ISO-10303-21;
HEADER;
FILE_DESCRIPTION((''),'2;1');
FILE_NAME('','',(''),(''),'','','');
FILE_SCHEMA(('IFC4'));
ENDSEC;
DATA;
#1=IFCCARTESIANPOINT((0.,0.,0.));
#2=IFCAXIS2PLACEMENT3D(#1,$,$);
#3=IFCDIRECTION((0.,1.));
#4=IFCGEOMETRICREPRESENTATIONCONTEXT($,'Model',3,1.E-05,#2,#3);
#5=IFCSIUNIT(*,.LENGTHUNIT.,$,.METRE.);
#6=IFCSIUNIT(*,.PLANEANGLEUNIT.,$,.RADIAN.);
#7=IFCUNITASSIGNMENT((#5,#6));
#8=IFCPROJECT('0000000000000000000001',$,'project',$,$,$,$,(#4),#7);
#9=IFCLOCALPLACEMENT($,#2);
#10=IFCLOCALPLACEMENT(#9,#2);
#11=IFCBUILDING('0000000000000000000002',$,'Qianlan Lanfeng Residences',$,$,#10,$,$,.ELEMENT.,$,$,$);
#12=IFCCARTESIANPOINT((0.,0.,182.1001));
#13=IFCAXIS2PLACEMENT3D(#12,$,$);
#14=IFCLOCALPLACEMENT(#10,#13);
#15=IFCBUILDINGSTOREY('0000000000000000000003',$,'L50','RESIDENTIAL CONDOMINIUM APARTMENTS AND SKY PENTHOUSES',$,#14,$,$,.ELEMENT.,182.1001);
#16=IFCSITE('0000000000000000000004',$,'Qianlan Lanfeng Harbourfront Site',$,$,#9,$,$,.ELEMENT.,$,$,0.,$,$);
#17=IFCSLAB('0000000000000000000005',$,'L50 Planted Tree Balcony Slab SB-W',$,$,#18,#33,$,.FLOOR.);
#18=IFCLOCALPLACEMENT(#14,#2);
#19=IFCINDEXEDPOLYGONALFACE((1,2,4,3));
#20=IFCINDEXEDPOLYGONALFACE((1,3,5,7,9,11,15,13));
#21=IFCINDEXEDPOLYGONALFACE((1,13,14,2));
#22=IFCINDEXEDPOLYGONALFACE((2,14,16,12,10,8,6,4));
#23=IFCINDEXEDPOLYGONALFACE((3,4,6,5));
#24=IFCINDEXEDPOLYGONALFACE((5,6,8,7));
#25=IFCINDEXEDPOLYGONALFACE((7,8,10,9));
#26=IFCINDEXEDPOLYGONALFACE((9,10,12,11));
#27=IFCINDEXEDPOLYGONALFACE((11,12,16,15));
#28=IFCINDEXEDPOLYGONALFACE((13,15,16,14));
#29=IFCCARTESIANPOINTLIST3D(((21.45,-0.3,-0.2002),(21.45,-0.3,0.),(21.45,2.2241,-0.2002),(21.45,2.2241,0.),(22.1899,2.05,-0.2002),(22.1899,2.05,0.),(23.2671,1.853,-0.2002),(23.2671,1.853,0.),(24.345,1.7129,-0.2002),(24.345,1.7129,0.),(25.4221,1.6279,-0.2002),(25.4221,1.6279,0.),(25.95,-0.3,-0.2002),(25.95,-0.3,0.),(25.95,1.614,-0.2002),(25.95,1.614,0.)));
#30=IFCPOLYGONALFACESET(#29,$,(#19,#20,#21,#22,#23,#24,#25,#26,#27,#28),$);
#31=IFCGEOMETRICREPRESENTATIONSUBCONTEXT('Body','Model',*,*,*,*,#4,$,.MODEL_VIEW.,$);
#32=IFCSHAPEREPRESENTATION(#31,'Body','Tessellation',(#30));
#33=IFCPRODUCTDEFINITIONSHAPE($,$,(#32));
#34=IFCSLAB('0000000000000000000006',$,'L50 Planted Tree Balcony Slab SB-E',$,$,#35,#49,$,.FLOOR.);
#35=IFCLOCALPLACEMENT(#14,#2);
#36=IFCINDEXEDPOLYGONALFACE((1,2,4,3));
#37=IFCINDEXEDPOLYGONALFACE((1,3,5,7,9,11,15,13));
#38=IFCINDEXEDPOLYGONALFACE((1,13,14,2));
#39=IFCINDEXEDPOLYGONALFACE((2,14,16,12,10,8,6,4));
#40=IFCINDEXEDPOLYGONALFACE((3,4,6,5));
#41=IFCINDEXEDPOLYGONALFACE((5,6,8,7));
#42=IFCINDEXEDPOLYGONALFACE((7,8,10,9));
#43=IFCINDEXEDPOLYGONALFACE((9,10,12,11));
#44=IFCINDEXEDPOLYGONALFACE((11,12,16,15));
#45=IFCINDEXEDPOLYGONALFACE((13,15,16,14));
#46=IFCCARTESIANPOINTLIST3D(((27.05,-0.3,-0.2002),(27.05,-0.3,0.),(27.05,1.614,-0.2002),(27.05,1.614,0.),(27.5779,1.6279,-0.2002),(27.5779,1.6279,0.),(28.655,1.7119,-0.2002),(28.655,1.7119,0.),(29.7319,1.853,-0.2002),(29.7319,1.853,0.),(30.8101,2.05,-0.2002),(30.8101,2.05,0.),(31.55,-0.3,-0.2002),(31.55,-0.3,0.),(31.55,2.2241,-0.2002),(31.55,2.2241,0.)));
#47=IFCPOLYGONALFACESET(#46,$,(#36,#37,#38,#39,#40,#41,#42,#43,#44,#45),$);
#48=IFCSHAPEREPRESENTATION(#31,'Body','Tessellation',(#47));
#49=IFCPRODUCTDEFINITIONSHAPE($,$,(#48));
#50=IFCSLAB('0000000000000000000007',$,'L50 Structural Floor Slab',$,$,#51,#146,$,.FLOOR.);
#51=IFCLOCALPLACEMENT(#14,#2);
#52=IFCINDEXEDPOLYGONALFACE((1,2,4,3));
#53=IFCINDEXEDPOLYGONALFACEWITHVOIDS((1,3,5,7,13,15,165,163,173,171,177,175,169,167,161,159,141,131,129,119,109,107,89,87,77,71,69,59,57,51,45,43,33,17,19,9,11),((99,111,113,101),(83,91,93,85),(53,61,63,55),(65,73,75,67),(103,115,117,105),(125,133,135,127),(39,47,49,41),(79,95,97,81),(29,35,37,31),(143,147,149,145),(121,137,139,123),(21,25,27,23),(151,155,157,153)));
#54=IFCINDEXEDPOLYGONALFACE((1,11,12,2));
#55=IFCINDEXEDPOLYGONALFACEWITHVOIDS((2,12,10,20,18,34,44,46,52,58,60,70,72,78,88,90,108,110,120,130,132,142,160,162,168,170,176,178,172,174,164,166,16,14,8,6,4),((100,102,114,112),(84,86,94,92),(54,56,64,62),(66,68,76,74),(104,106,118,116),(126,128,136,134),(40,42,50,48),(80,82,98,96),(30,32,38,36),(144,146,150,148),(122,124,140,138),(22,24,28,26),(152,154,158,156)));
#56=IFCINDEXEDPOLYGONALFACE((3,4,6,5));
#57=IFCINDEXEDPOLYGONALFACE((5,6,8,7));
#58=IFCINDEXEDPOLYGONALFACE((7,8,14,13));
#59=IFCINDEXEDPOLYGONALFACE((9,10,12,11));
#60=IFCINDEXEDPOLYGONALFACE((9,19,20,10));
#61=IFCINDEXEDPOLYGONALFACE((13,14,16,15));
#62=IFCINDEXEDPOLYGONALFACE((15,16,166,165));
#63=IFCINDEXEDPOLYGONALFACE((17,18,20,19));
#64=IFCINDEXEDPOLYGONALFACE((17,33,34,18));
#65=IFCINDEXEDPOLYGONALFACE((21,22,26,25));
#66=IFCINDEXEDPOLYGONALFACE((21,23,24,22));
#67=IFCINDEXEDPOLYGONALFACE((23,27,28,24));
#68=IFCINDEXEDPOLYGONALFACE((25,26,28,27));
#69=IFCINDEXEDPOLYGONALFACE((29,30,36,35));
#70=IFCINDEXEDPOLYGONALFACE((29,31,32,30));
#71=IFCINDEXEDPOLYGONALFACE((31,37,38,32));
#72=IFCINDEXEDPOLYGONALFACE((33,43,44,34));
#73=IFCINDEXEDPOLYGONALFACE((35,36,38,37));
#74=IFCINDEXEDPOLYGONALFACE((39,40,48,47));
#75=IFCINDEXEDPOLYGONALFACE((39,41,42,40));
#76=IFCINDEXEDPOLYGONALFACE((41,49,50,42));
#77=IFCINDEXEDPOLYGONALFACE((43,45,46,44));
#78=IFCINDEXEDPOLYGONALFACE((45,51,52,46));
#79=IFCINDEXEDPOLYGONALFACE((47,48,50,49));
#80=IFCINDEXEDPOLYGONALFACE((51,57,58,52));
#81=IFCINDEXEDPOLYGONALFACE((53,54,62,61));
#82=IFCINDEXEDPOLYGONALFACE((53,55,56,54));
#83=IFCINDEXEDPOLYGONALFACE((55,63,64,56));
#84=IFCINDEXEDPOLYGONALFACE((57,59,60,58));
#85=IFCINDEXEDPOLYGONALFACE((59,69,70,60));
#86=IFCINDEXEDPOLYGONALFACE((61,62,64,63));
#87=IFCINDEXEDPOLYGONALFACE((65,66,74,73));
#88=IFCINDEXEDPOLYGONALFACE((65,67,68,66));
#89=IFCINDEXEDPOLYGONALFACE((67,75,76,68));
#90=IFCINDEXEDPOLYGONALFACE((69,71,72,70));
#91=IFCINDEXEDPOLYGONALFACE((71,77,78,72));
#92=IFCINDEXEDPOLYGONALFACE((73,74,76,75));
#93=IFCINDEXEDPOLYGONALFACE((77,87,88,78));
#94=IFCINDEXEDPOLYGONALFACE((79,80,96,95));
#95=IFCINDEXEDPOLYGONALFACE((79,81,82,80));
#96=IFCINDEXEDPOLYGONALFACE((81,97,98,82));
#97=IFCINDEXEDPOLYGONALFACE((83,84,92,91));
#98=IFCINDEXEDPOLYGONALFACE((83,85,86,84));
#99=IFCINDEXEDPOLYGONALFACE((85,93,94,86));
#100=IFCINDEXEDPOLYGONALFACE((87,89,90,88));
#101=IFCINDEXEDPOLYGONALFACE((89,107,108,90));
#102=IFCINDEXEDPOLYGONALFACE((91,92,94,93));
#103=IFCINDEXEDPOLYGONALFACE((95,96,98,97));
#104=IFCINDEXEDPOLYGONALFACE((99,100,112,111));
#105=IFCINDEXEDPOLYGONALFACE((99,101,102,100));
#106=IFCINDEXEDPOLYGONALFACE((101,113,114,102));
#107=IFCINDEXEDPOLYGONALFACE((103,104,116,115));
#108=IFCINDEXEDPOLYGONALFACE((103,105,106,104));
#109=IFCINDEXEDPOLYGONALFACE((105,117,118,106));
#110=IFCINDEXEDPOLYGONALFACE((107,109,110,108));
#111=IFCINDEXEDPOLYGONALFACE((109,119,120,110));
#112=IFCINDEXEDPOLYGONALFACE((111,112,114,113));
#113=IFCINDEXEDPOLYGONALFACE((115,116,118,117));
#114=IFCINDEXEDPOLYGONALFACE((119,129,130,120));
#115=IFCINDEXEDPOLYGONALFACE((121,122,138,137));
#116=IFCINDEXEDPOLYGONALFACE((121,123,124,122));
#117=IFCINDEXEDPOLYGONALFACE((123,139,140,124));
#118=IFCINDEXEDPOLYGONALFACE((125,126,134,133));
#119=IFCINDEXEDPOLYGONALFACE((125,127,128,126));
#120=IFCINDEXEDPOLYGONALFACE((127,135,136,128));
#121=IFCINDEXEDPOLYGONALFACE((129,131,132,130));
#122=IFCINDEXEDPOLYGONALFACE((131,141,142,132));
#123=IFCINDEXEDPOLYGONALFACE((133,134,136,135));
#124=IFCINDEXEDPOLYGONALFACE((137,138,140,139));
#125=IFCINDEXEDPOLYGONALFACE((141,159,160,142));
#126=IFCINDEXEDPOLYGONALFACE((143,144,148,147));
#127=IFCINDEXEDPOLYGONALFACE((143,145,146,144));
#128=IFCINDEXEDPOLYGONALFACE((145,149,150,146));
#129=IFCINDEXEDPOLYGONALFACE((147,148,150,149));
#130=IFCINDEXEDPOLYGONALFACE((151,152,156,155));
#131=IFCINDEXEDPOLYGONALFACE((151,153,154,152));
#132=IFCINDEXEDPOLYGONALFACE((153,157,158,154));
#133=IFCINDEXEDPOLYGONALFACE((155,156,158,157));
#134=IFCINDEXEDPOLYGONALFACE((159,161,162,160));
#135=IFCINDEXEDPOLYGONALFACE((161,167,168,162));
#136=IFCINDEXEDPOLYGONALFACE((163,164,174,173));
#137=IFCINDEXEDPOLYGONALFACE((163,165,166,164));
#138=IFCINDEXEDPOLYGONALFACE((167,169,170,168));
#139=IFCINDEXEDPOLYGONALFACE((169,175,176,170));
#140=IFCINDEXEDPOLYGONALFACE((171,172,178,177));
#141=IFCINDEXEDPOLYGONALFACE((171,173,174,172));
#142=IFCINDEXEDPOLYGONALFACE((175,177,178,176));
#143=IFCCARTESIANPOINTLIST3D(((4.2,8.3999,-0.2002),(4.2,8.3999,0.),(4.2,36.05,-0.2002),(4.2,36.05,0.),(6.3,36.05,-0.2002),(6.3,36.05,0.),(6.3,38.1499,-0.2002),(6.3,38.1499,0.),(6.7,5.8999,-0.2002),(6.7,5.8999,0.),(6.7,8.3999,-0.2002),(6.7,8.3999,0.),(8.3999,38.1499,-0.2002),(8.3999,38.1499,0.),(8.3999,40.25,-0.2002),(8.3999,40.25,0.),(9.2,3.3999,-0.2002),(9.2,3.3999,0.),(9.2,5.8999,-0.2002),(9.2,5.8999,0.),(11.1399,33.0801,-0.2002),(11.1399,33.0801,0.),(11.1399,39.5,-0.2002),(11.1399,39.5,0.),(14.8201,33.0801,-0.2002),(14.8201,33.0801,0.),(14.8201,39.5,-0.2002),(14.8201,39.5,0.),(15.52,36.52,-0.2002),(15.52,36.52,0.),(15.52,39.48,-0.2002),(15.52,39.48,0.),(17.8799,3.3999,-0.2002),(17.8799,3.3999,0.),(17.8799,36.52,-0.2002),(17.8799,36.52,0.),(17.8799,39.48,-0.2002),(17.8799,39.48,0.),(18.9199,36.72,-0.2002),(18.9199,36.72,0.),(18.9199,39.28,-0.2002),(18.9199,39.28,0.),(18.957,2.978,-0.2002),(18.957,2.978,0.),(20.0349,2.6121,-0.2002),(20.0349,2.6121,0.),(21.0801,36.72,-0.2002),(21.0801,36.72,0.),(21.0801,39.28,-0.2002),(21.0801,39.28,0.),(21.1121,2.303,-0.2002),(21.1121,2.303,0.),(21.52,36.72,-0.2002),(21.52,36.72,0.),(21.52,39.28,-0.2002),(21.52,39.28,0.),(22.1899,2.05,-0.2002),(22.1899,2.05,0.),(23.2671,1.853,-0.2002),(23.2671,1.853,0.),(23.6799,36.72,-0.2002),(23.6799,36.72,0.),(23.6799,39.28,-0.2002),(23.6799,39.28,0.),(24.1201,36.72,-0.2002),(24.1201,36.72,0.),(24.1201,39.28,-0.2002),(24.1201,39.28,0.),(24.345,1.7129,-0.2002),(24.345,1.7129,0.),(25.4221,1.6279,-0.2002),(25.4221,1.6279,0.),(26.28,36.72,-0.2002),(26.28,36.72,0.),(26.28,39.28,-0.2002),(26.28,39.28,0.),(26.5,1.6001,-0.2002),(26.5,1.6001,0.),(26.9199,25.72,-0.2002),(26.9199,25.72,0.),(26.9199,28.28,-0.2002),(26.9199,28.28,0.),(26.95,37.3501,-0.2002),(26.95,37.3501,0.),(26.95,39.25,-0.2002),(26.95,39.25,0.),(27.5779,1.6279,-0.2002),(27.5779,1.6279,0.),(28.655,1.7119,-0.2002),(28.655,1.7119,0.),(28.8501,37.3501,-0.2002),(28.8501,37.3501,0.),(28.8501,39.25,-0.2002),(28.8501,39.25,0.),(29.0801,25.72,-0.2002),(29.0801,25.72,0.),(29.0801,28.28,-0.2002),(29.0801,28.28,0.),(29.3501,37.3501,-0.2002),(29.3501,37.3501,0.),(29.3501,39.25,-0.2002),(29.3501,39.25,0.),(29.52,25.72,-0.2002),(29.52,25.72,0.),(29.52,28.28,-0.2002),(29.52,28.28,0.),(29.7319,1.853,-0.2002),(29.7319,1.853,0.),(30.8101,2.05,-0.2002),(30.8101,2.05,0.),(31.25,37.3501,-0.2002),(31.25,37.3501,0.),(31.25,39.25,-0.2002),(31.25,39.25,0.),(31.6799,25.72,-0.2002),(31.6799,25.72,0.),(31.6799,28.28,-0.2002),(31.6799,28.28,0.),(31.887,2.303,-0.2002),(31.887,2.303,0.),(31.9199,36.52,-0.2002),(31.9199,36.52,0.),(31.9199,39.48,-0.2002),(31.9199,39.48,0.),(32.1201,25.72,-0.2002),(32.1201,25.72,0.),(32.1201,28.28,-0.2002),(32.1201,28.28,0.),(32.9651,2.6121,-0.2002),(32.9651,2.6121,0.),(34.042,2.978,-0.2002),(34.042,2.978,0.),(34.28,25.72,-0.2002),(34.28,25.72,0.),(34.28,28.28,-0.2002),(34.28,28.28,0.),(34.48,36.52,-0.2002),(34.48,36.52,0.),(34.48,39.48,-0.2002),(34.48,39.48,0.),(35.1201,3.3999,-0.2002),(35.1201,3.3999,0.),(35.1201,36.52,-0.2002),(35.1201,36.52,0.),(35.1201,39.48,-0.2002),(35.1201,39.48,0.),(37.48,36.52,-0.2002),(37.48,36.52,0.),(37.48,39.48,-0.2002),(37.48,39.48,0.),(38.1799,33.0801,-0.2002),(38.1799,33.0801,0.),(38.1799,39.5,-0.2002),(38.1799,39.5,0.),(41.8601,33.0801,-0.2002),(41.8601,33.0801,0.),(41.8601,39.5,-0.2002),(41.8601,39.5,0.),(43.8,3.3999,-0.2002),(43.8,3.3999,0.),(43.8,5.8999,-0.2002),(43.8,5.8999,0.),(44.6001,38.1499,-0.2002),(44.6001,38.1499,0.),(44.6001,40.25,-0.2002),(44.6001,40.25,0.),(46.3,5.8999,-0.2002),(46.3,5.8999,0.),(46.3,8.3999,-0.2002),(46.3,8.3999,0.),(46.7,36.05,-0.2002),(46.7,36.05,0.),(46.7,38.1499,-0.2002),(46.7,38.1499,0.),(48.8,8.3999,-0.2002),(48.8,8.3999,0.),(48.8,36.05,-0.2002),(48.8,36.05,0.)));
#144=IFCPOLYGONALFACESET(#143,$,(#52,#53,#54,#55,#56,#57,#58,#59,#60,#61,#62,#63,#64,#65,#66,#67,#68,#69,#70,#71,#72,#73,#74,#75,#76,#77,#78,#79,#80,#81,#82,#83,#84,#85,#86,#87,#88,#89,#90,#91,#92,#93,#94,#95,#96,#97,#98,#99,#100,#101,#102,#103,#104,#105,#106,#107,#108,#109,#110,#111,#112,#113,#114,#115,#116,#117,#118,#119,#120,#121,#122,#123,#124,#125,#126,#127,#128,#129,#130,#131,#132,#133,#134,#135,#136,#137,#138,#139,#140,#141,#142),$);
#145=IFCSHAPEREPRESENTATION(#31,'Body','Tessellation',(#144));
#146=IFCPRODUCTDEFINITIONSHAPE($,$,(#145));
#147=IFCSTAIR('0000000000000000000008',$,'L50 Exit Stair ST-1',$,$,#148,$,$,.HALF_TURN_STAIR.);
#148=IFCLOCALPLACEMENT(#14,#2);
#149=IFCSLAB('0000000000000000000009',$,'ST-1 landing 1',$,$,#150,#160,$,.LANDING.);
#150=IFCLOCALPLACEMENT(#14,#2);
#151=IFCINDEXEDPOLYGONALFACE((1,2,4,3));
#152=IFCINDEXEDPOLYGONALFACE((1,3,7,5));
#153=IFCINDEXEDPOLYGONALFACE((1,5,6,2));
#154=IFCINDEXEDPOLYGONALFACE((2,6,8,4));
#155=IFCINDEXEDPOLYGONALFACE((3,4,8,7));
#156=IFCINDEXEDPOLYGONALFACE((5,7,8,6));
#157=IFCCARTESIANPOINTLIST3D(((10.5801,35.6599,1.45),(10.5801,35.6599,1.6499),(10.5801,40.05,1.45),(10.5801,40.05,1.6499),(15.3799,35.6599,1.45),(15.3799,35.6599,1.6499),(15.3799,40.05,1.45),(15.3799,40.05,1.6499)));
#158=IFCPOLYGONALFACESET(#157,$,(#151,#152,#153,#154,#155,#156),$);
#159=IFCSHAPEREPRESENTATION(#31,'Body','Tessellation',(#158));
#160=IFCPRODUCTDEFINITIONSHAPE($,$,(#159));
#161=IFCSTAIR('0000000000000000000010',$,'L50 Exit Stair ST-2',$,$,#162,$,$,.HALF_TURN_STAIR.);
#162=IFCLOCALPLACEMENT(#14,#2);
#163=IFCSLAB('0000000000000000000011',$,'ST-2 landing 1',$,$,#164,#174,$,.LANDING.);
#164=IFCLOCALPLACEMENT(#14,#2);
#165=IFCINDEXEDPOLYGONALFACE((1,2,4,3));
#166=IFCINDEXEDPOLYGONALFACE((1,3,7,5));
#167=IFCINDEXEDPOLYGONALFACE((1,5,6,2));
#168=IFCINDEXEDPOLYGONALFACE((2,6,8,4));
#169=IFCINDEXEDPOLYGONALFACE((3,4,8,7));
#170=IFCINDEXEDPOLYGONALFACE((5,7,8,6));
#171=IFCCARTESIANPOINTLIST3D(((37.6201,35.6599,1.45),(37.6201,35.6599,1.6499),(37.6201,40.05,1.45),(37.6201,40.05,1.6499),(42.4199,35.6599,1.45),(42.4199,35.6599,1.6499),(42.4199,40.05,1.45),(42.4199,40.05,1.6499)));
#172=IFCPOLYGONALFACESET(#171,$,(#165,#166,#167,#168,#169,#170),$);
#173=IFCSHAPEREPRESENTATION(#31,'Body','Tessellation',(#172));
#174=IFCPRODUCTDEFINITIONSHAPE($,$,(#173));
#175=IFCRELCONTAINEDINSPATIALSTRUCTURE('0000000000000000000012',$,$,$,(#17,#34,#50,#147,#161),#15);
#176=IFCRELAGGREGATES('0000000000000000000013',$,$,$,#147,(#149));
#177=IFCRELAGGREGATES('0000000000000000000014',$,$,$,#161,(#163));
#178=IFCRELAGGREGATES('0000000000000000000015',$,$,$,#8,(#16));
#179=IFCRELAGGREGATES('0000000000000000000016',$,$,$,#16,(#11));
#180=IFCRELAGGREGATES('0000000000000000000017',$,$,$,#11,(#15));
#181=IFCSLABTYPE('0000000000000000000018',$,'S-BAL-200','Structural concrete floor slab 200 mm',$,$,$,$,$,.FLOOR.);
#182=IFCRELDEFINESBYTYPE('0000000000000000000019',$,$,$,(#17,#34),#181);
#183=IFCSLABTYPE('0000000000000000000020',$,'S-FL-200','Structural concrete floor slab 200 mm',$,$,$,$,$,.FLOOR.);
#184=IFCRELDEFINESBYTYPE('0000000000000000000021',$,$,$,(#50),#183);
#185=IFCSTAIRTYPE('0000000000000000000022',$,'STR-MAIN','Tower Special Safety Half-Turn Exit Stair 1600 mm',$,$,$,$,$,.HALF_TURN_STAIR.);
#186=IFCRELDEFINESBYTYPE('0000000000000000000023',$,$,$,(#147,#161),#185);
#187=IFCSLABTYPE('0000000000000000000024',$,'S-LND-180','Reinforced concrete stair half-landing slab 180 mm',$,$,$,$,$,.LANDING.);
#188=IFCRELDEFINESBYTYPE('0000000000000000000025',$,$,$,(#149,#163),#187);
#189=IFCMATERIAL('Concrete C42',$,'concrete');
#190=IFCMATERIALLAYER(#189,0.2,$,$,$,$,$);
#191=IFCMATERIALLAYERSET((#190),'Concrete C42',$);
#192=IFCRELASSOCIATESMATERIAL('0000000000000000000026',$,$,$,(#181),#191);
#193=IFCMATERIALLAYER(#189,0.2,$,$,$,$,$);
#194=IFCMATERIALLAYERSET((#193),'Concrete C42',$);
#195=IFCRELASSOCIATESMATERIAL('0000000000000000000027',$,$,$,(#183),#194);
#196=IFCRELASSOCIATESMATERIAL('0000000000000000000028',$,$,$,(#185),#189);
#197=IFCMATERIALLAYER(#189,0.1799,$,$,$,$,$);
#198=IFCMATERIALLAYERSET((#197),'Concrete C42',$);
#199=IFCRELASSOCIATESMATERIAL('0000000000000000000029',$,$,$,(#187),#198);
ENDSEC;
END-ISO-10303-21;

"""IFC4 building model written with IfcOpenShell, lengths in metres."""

from ifc_helpers import new_model, si_unit, direction, frame, origin, place, context, subcontext, project, spatial, polyline, outline, extrude, material, layer, layer_set, type_object, element, aggregate, save


model = new_model("IFC4")

# Units and contexts
model_context = context("Model", 3, precision=1e-05, world=origin(), true_north=direction((0.0, 1.0)))
body_context = subcontext(model_context, "Body", "Model", "MODEL_VIEW")
ifc_project = project(units=[si_unit("LENGTHUNIT", "METRE"), si_unit("PLANEANGLEUNIT", "RADIAN")], contexts=[model_context])

# Site, building, storey
site_placement = place(None, origin())
site = spatial("IfcSite", under=ifc_project, at=site_placement, Name="Qianlan Lanfeng Harbourfront Site", CompositionType="ELEMENT", RefElevation=0.0)
building_placement = place(site_placement, origin())
building = spatial("IfcBuilding", under=site, at=building_placement, Name="Qianlan Lanfeng Residences", CompositionType="ELEMENT")
storey_placement = place(building_placement, frame((0.0, 0.0, 182.1001)))
storey = spatial("IfcBuildingStorey", under=building, at=storey_placement, Name="L50", Description="RESIDENTIAL CONDOMINIUM APARTMENTS AND SKY PENTHOUSES", CompositionType="ELEMENT", Elevation=182.1001)

# Slabs
ifc_material_1 = material(Name="Concrete C42", Category="concrete")
ifc_layer_1 = layer(ifc_material_1, 0.2)
ifc_layer_set_1 = layer_set([ifc_layer_1], Name="Concrete C42")
slab_type_1 = type_object("IfcSlabType", Name="S-BAL-200", Description="Structural concrete floor slab 200 mm", PredefinedType="FLOOR", material=ifc_layer_set_1)
slab_1_placement = place(storey_placement, frame((0.0, 0.0, -0.2002)))
element("IfcSlab", 1, at=slab_1_placement, inside=storey, type_object=slab_type_1, Name="L50 Planted Tree Balcony Slab SB-W", PredefinedType="FLOOR", context=body_context, shape_type="SweptSolid", body=[
    extrude(outline(polyline([(25.95, 1.614), (25.4221, 1.6279), (24.345, 1.7129), (23.2671, 1.853), (22.1899, 2.05), (21.45, 2.2241), (21.45, -0.3), (25.95, -0.3), (25.95, 1.614)])), origin(), (0.0, 0.0, 1.0), 0.2002),
])
slab_2_placement = place(storey_placement, frame((0.0, 0.0, -0.2002)))
element("IfcSlab", 2, at=slab_2_placement, inside=storey, type_object=slab_type_1, Name="L50 Planted Tree Balcony Slab SB-E", PredefinedType="FLOOR", context=body_context, shape_type="SweptSolid", body=[
    extrude(outline(polyline([(31.55, 2.2241), (30.8101, 2.05), (29.7319, 1.853), (28.655, 1.7119), (27.5779, 1.6279), (27.05, 1.614), (27.05, -0.3), (31.55, -0.3), (31.55, 2.2241)])), origin(), (0.0, 0.0, 1.0), 0.2002),
])
ifc_layer_2 = layer(ifc_material_1, 0.2)
ifc_layer_set_2 = layer_set([ifc_layer_2], Name="Concrete C42")
slab_type_2 = type_object("IfcSlabType", Name="S-FL-200", Description="Structural concrete floor slab 200 mm", PredefinedType="FLOOR", material=ifc_layer_set_2)
slab_3_placement = place(storey_placement, frame((0.0, 0.0, -0.2002)))
element("IfcSlab", 3, at=slab_3_placement, inside=storey, type_object=slab_type_2, Name="L50 Structural Floor Slab", PredefinedType="FLOOR", context=body_context, shape_type="SweptSolid", body=[
    extrude(outline(polyline([(4.2, 8.3999), (6.7, 8.3999), (6.7, 5.8999), (9.2, 5.8999), (9.2, 3.3999), (17.8799, 3.3999), (18.957, 2.978), (20.0349, 2.6121), (21.1121, 2.303), (22.1899, 2.05), (23.2671, 1.853), (24.345, 1.7129), (25.4221, 1.6279), (26.5, 1.6001), (27.5779, 1.6279), (28.655, 1.7119), (29.7319, 1.853), (30.8101, 2.05), (31.887, 2.303), (32.9651, 2.6121), (34.042, 2.978), (35.1201, 3.3999), (43.8, 3.3999), (43.8, 5.8999), (46.3, 5.8999), (46.3, 8.3999), (48.8, 8.3999), (48.8, 36.05), (46.7, 36.05), (46.7, 38.1499), (44.6001, 38.1499), (44.6001, 40.25), (8.3999, 40.25), (8.3999, 38.1499), (6.3, 38.1499), (6.3, 36.05), (4.2, 36.05), (4.2, 8.3999)]), holes=[polyline([(11.1399, 33.0801), (11.1399, 39.5), (14.8201, 39.5), (14.8201, 33.0801), (11.1399, 33.0801)]), polyline([(38.1799, 33.0801), (38.1799, 39.5), (41.8601, 39.5), (41.8601, 33.0801), (38.1799, 33.0801)]), polyline([(15.52, 36.52), (15.52, 39.48), (17.8799, 39.48), (17.8799, 36.52), (15.52, 36.52)]), polyline([(35.1201, 36.52), (35.1201, 39.48), (37.48, 39.48), (37.48, 36.52), (35.1201, 36.52)]), polyline([(31.9199, 36.52), (31.9199, 39.48), (34.48, 39.48), (34.48, 36.52), (31.9199, 36.52)]), polyline([(26.9199, 25.72), (26.9199, 28.28), (29.0801, 28.28), (29.0801, 25.72), (26.9199, 25.72)]), polyline([(29.52, 25.72), (29.52, 28.28), (31.6799, 28.28), (31.6799, 25.72), (29.52, 25.72)]), polyline([(32.1201, 25.72), (32.1201, 28.28), (34.28, 28.28), (34.28, 25.72), (32.1201, 25.72)]), polyline([(18.9199, 36.72), (18.9199, 39.28), (21.0801, 39.28), (21.0801, 36.72), (18.9199, 36.72)]), polyline([(21.52, 36.72), (21.52, 39.28), (23.6799, 39.28), (23.6799, 36.72), (21.52, 36.72)]), polyline([(24.1201, 36.72), (24.1201, 39.28), (26.28, 39.28), (26.28, 36.72), (24.1201, 36.72)]), polyline([(26.95, 37.3501), (26.95, 39.25), (28.8501, 39.25), (28.8501, 37.3501), (26.95, 37.3501)]), polyline([(29.3501, 37.3501), (29.3501, 39.25), (31.25, 39.25), (31.25, 37.3501), (29.3501, 37.3501)])]), origin(), (0.0, 0.0, 1.0), 0.2002),
])

# Stairs, slabs
stair_type = type_object("IfcStairType", Name="STR-MAIN", Description="Tower Special Safety Half-Turn Exit Stair 1600 mm", PredefinedType="HALF_TURN_STAIR", material=ifc_material_1)
stair_1_placement = place(storey_placement, origin())
stair_1 = element("IfcStair", 4, at=stair_1_placement, inside=storey, type_object=stair_type, Name="L50 Exit Stair ST-1", PredefinedType="HALF_TURN_STAIR")
ifc_layer_3 = layer(ifc_material_1, 0.1799)
ifc_layer_set_3 = layer_set([ifc_layer_3], Name="Concrete C42")
slab_type_3 = type_object("IfcSlabType", Name="S-LND-180", Description="Reinforced concrete stair half-landing slab 180 mm", PredefinedType="LANDING", material=ifc_layer_set_3)
slab_4_placement = place(storey_placement, frame((0.0, 0.0, 1.45)))
slab_4 = element("IfcSlab", 5, at=slab_4_placement, type_object=slab_type_3, Name="ST-1 landing 1", PredefinedType="LANDING", context=body_context, shape_type="SweptSolid", body=[
    extrude(outline(polyline([(10.5801, 35.6599), (15.3799, 35.6599), (15.3799, 40.05), (10.5801, 40.05), (10.5801, 35.6599)])), origin(), (0.0, 0.0, 1.0), 0.2),
])
aggregate(stair_1, [slab_4])
stair_2_placement = place(storey_placement, origin())
stair_2 = element("IfcStair", 6, at=stair_2_placement, inside=storey, type_object=stair_type, Name="L50 Exit Stair ST-2", PredefinedType="HALF_TURN_STAIR")
slab_5_placement = place(storey_placement, frame((0.0, 0.0, 1.45)))
slab_5 = element("IfcSlab", 7, at=slab_5_placement, type_object=slab_type_3, Name="ST-2 landing 1", PredefinedType="LANDING", context=body_context, shape_type="SweptSolid", body=[
    extrude(outline(polyline([(37.6201, 35.6599), (42.4199, 35.6599), (42.4199, 40.05), (37.6201, 40.05), (37.6201, 35.6599)])), origin(), (0.0, 0.0, 1.0), 0.2),
])
aggregate(stair_2, [slab_5])

save(model, "model.ifc")
